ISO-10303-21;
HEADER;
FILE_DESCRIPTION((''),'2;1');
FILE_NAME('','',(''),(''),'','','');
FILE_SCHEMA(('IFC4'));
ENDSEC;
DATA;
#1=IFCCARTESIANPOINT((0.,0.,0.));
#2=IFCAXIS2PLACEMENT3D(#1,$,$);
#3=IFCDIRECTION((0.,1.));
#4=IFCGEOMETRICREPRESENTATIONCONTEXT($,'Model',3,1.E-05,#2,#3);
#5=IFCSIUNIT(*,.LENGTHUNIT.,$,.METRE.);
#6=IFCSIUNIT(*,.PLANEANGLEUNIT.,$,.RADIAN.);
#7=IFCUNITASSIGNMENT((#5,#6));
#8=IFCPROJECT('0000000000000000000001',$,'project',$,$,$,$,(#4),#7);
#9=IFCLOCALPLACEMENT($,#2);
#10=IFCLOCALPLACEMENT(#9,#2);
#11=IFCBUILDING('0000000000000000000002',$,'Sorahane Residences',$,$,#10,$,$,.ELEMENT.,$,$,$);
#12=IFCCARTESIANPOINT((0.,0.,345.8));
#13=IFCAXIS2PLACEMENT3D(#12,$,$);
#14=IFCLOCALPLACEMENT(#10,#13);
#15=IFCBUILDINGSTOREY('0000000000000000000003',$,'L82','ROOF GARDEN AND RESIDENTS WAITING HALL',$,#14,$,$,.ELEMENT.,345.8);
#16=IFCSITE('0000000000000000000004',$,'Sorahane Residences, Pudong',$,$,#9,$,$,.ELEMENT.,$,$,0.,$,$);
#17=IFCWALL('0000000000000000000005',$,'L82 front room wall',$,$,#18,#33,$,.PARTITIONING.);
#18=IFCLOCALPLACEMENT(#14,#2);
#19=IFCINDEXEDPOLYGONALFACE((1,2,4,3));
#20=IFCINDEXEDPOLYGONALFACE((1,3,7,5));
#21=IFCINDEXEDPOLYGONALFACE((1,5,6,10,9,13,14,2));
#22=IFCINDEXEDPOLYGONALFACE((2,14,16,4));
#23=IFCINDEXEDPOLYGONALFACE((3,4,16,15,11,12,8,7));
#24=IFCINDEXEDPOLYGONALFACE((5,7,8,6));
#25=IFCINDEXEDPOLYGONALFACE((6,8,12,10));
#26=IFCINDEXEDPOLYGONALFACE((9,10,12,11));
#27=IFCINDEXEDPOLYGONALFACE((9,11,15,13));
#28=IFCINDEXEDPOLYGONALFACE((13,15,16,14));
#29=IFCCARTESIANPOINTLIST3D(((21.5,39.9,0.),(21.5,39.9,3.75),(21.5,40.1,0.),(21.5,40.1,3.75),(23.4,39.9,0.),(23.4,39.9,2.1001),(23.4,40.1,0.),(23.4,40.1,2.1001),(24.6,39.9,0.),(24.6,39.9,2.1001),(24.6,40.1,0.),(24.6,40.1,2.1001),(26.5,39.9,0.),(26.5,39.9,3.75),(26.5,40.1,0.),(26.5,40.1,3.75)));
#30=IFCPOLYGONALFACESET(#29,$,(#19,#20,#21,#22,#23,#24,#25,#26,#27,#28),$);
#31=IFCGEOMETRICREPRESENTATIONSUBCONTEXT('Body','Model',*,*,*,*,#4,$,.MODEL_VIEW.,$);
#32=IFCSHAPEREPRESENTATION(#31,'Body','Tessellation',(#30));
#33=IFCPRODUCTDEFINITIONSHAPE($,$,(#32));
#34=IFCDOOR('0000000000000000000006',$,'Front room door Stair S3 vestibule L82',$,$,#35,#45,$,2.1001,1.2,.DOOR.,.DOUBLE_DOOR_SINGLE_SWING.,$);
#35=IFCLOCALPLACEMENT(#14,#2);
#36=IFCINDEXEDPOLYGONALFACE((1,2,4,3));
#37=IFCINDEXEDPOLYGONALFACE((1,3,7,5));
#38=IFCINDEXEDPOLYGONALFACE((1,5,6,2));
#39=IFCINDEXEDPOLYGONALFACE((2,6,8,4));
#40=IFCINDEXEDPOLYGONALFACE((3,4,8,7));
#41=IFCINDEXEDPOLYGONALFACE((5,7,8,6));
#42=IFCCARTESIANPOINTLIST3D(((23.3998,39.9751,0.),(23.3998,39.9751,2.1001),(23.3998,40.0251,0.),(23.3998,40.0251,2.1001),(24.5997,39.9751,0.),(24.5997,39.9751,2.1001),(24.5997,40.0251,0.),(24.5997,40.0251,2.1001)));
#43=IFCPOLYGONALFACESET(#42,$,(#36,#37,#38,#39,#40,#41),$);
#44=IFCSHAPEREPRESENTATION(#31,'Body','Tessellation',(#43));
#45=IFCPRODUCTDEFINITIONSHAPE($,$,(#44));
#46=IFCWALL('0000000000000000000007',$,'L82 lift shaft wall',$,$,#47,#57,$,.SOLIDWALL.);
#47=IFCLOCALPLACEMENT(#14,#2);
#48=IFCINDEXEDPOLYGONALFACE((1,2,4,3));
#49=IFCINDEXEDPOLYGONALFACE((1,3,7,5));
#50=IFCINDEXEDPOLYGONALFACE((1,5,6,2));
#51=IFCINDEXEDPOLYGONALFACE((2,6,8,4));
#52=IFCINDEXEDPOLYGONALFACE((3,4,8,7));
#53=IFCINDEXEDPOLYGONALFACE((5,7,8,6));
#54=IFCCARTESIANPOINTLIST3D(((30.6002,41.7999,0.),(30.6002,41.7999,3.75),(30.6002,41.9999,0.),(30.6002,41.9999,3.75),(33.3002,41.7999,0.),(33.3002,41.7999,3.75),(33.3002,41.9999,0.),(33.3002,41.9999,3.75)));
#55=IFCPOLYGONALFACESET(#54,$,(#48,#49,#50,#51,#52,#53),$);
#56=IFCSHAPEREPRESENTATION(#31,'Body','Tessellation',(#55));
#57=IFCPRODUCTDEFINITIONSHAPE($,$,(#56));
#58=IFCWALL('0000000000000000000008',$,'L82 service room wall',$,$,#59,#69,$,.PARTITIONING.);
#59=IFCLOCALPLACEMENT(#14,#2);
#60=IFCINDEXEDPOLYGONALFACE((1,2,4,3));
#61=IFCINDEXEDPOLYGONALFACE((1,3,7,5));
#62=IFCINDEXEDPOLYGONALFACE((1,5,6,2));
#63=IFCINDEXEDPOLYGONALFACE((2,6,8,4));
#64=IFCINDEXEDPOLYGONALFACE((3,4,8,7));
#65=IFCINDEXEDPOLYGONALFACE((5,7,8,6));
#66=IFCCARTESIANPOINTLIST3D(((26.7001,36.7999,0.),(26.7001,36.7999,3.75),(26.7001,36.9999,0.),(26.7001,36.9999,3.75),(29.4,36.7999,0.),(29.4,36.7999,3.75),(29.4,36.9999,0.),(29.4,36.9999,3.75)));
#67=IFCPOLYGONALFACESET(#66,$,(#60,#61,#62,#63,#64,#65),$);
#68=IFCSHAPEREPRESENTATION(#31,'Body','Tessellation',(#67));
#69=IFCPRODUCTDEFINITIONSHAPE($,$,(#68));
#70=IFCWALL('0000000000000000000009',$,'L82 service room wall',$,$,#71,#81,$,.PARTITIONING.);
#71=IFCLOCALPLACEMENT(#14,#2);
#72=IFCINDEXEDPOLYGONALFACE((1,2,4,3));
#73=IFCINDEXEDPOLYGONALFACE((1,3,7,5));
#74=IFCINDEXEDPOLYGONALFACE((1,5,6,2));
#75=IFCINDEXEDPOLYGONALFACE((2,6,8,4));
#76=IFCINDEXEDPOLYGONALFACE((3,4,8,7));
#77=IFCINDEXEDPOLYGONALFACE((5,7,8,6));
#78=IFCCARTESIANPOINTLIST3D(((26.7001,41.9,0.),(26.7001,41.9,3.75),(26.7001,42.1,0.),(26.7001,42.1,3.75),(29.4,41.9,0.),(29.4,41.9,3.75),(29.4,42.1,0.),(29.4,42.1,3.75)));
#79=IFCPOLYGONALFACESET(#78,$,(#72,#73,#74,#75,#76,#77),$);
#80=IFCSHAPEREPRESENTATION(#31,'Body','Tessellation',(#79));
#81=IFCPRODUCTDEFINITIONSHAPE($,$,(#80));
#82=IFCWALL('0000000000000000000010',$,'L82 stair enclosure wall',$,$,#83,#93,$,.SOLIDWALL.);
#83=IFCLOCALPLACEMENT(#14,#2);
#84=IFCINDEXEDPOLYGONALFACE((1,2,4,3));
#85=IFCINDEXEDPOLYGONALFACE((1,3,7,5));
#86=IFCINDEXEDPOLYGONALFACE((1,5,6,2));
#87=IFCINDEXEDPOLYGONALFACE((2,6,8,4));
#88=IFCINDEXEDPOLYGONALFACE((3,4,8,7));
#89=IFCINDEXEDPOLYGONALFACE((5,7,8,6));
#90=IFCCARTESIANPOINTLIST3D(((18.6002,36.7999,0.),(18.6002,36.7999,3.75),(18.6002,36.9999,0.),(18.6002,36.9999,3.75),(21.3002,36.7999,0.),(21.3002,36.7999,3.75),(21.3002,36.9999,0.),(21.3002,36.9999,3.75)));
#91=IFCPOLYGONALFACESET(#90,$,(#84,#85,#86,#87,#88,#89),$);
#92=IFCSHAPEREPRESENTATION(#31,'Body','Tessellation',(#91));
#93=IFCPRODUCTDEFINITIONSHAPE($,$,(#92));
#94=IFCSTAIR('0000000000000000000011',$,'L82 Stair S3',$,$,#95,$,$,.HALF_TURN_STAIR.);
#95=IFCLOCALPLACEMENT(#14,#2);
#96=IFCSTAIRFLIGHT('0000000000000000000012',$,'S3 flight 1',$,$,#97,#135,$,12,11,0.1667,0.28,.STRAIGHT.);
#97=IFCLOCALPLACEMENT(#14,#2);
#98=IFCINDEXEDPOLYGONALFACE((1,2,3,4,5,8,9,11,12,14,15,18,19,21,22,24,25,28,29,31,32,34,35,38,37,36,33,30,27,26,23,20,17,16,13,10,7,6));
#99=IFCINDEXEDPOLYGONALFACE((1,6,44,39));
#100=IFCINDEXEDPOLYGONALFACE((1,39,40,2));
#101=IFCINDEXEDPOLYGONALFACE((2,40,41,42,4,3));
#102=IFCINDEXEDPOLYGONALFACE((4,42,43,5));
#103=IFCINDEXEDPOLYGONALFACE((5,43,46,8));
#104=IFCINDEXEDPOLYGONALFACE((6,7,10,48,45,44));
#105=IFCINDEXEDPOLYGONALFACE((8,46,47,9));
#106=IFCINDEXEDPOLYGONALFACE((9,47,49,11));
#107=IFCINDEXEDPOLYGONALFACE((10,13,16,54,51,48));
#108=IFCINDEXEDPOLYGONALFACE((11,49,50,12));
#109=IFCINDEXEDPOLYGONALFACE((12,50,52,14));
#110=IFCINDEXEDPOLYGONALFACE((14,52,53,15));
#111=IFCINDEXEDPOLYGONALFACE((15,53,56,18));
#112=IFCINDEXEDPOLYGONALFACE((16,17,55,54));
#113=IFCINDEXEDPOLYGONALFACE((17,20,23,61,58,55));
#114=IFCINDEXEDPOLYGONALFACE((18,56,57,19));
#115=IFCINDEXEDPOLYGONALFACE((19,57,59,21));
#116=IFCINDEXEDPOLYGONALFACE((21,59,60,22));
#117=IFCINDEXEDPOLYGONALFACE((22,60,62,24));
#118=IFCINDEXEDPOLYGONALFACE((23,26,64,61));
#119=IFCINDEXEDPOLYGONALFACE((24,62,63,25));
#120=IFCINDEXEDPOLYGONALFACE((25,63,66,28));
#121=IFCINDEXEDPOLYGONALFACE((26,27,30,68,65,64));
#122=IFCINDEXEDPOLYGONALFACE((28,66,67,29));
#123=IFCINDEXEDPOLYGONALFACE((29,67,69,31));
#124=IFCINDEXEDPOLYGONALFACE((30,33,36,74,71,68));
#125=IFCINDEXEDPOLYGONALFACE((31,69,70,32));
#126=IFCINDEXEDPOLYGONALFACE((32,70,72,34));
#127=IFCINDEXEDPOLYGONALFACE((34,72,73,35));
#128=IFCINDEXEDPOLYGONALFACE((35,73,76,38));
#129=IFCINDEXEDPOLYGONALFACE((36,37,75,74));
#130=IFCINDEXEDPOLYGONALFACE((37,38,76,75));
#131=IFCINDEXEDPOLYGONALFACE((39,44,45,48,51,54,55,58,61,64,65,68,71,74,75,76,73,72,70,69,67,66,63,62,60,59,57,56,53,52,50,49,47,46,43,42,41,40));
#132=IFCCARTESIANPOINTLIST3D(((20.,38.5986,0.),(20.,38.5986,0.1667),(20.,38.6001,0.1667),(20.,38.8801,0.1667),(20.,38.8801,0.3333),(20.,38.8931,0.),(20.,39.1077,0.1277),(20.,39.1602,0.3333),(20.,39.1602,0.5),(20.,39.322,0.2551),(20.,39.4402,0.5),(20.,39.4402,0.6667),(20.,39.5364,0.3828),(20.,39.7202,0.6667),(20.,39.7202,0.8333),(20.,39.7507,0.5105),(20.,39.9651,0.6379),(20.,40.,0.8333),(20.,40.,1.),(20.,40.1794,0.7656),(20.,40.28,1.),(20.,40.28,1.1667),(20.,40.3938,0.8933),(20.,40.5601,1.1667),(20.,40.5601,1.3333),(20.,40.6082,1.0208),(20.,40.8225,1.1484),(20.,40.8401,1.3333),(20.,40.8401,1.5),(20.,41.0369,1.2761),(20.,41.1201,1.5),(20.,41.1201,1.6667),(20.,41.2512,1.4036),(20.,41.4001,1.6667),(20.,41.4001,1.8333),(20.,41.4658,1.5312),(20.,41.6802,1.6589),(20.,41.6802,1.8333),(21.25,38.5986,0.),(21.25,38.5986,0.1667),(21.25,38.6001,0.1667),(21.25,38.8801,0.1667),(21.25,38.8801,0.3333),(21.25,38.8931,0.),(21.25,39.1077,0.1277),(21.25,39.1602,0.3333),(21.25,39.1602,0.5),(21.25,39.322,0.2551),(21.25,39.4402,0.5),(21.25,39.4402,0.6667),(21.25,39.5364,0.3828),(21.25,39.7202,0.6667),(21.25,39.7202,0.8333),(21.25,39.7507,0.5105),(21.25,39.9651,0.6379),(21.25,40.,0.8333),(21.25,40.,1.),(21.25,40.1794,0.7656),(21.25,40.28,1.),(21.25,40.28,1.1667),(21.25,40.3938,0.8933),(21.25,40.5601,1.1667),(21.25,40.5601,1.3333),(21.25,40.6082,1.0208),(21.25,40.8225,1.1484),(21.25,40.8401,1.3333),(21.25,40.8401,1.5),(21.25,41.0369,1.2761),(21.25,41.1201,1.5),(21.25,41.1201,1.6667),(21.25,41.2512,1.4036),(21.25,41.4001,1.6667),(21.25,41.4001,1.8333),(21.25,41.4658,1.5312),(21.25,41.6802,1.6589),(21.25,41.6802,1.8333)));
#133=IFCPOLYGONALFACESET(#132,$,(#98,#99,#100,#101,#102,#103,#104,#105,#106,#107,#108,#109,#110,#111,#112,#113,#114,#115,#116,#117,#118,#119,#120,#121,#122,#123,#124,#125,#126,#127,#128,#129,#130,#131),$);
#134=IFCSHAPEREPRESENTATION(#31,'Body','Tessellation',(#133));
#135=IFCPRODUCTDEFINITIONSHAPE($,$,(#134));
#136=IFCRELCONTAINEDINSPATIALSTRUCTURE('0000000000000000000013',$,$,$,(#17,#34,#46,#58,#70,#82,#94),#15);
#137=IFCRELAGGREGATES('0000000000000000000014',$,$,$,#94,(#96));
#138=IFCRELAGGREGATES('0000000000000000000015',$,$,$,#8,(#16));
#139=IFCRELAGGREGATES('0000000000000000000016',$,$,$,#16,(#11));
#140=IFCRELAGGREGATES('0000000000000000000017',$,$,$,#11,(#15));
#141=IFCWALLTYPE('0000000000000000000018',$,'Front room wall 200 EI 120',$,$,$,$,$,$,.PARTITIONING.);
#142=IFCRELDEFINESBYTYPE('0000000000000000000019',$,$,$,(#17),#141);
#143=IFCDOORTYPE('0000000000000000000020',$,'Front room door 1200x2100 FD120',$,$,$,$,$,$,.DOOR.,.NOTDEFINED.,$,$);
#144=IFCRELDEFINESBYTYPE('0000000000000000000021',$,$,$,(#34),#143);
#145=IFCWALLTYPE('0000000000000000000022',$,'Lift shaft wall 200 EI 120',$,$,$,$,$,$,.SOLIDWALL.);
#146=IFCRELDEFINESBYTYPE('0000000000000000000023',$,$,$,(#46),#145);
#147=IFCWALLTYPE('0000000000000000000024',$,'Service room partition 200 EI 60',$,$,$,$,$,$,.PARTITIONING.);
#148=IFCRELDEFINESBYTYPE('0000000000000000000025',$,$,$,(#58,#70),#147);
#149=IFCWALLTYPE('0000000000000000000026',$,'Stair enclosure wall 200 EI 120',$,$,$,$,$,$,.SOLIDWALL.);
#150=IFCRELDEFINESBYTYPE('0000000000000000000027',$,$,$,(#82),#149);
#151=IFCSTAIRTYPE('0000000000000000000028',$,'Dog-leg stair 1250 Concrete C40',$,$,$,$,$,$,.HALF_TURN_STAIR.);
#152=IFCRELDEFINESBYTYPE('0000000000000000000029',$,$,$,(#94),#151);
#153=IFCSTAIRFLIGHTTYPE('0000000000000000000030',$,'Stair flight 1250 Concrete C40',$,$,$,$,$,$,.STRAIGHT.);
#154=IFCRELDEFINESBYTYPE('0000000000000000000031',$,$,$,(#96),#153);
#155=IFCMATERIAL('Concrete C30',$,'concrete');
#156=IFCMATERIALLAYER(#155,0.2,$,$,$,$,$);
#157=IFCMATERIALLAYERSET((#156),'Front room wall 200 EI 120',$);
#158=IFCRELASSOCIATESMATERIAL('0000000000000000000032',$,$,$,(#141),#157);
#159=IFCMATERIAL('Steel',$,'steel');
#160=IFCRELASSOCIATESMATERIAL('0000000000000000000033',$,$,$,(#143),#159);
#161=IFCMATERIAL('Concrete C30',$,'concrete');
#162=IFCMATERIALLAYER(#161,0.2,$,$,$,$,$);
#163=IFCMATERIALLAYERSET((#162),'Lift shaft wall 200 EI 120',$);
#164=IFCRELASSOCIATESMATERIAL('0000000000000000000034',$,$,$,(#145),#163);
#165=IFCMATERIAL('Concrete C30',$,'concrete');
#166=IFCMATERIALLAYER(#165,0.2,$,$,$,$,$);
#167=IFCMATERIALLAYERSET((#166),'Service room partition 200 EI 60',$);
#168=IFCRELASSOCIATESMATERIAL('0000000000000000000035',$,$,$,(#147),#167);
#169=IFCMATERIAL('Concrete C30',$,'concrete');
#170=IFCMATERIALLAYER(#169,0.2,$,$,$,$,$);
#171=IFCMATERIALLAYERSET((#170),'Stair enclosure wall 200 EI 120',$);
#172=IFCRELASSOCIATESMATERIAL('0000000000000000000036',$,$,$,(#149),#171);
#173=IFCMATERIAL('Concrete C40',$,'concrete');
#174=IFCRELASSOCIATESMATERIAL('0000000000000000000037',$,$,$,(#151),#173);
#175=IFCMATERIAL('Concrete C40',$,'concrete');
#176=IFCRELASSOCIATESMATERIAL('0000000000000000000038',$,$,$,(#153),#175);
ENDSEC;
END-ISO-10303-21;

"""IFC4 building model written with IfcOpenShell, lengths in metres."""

from ifc_helpers import new_model, si_unit, direction, frame, frame_2d, origin, place, context, subcontext, project, spatial, polyline, rectangle, outline, extrude, material, layer, layer_set, type_object, element, fill, aggregate, save


model = new_model("IFC4")

# Units and contexts
model_context = context("Model", 3, precision=1e-05, world=origin(), true_north=direction((0.0, 1.0)))
body_context = subcontext(model_context, "Body", "Model", "MODEL_VIEW")
ifc_project = project(units=[si_unit("LENGTHUNIT", "METRE"), si_unit("PLANEANGLEUNIT", "RADIAN")], contexts=[model_context])

# Site, building, storey
site_placement = place(None, origin())
site = spatial("IfcSite", under=ifc_project, at=site_placement, Name="Sorahane Residences, Pudong", CompositionType="ELEMENT", RefElevation=0.0)
building_placement = place(site_placement, origin())
building = spatial("IfcBuilding", under=site, at=building_placement, Name="Sorahane Residences", CompositionType="ELEMENT")
storey_placement = place(building_placement, frame((0.0, 0.0, 345.8)))
storey = spatial("IfcBuildingStorey", under=building, at=storey_placement, Name="L82", Description="ROOF GARDEN AND RESIDENTS WAITING HALL", CompositionType="ELEMENT", Elevation=345.8)

# Wall, opening, door
ifc_material_1 = material(Name="Concrete C30", Category="concrete")
ifc_layer_1 = layer(ifc_material_1, 0.2)
ifc_layer_set_1 = layer_set([ifc_layer_1], Name="Front room wall 200 EI 120")
wall_type_1 = type_object("IfcWallType", Name="Front room wall 200 EI 120", PredefinedType="PARTITIONING", material=ifc_layer_set_1)
wall_1_placement = place(storey_placement, frame((21.5, 40.0, 0.0), z_axis=(0.0, 0.0, 1.0), x_axis=(1.0, 0.0, 0.0)))
wall_1 = element("IfcWall", 1, at=wall_1_placement, inside=storey, type_object=wall_type_1, Name="L82 front room wall", PredefinedType="PARTITIONING", context=body_context, shape_type="SweptSolid", body=[
    extrude(rectangle(XDim=5.0, YDim=0.2, at=frame_2d((2.5, 0.0))), origin(), (0.0, 0.0, 1.0), 3.75),
])
opening_placement = place(wall_1_placement, frame((1.8999, 0.0, 0.0)))
opening = element("IfcOpeningElement", 2, at=opening_placement, cuts=wall_1, PredefinedType="OPENING", context=body_context, shape_type="SweptSolid", body=[
    extrude(rectangle(XDim=1.2, YDim=2.1001, at=frame_2d((0.6001, 1.05))), frame((0.0, 0.1099, 0.0), z_axis=(0.0, -1.0, 0.0), x_axis=(1.0, 0.0, 0.0)), (0.0, 0.0, 1.0), 0.22),
])
ifc_material_2 = material(Name="Steel", Category="steel")
door_type = type_object("IfcDoorType", Name="Front room door 1200x2100 FD120", OperationType="NOTDEFINED", PredefinedType="DOOR", material=ifc_material_2)
door_placement = place(opening_placement, frame((1.2, 0.0, 0.0), z_axis=(0.0, 0.0, 1.0), x_axis=(-1.0, 0.0, 0.0)))
door = element("IfcDoor", 3, at=door_placement, inside=storey, type_object=door_type, Name="Front room door Stair S3 vestibule L82", OperationType="DOUBLE_DOOR_SINGLE_SWING", OverallHeight=2.1001, OverallWidth=1.2, PredefinedType="DOOR", context=body_context, shape_type="SweptSolid", body=[
    extrude(rectangle(XDim=1.2, YDim=2.1001, at=frame_2d((0.6001, 1.05))), frame((0.0, 0.0249, 0.0), z_axis=(0.0, -1.0, 0.0), x_axis=(1.0, 0.0, 0.0)), (0.0, 0.0, 1.0), 0.05),
])
fill(opening, door)

# Walls
ifc_material_3 = material(Name="Concrete C30", Category="concrete")
ifc_layer_2 = layer(ifc_material_3, 0.2)
ifc_layer_set_2 = layer_set([ifc_layer_2], Name="Lift shaft wall 200 EI 120")
wall_type_2 = type_object("IfcWallType", Name="Lift shaft wall 200 EI 120", PredefinedType="SOLIDWALL", material=ifc_layer_set_2)
wall_2_placement = place(storey_placement, frame((30.6001, 41.8999, 0.0), z_axis=(0.0, 0.0, 1.0), x_axis=(1.0, 0.0, 0.0)))
element("IfcWall", 4, at=wall_2_placement, inside=storey, type_object=wall_type_2, Name="L82 lift shaft wall", PredefinedType="SOLIDWALL", context=body_context, shape_type="SweptSolid", body=[
    extrude(rectangle(XDim=2.7, YDim=0.2, at=frame_2d((1.3501, 0.0))), origin(), (0.0, 0.0, 1.0), 3.75),
])
ifc_material_4 = material(Name="Concrete C30", Category="concrete")
ifc_layer_3 = layer(ifc_material_4, 0.2)
ifc_layer_set_3 = layer_set([ifc_layer_3], Name="Service room partition 200 EI 60")
wall_type_3 = type_object("IfcWallType", Name="Service room partition 200 EI 60", PredefinedType="PARTITIONING", material=ifc_layer_set_3)
for number, where, z_axis, x_axis, name in (
    (5, (26.7, 36.8999, 0.0), (0.0, 0.0, 1.0), (1.0, 0.0, 0.0), "L82 service room wall"),
    (6, (26.7, 42.0, 0.0), (0.0, 0.0, 1.0), (1.0, 0.0, 0.0), "L82 service room wall"),
):
    element("IfcWall", number, at=place(storey_placement, frame(where, z_axis=z_axis, x_axis=x_axis)), inside=storey, type_object=wall_type_3, Name=name, PredefinedType="PARTITIONING", context=body_context, shape_type="SweptSolid", body=[
        extrude(rectangle(XDim=2.7, YDim=0.2, at=frame_2d((1.3501, 0.0))), origin(), (0.0, 0.0, 1.0), 3.75),
    ])
ifc_material_5 = material(Name="Concrete C30", Category="concrete")
ifc_layer_4 = layer(ifc_material_5, 0.2)
ifc_layer_set_4 = layer_set([ifc_layer_4], Name="Stair enclosure wall 200 EI 120")
wall_type_4 = type_object("IfcWallType", Name="Stair enclosure wall 200 EI 120", PredefinedType="SOLIDWALL", material=ifc_layer_set_4)
wall_3_placement = place(storey_placement, frame((18.6001, 36.8999, 0.0), z_axis=(0.0, 0.0, 1.0), x_axis=(1.0, 0.0, 0.0)))
element("IfcWall", 7, at=wall_3_placement, inside=storey, type_object=wall_type_4, Name="L82 stair enclosure wall", PredefinedType="SOLIDWALL", context=body_context, shape_type="SweptSolid", body=[
    extrude(rectangle(XDim=2.7, YDim=0.2, at=frame_2d((1.3501, 0.0))), origin(), (0.0, 0.0, 1.0), 3.75),
])

# Stair, stair flight
ifc_material_6 = material(Name="Concrete C40", Category="concrete")
stair_type = type_object("IfcStairType", Name="Dog-leg stair 1250 Concrete C40", PredefinedType="HALF_TURN_STAIR", material=ifc_material_6)
stair_placement = place(storey_placement, origin())
stair = element("IfcStair", 8, at=stair_placement, inside=storey, type_object=stair_type, Name="L82 Stair S3", PredefinedType="HALF_TURN_STAIR")
ifc_material_7 = material(Name="Concrete C40", Category="concrete")
stair_flight_type = type_object("IfcStairFlightType", Name="Stair flight 1250 Concrete C40", PredefinedType="STRAIGHT", material=ifc_material_7)
stair_flight_1_placement = place(storey_placement, frame((20.625, 38.6001, 0.0), z_axis=(0.0, 0.0, 1.0), x_axis=(0.0, 1.0, 0.0)))
stair_flight_1 = element("IfcStairFlight", 9, at=stair_flight_1_placement, type_object=stair_flight_type, Name="S3 flight 1", NumberOfRisers=12, NumberOfTreads=11, PredefinedType="STRAIGHT", RiserHeight=0.1667, TreadLength=0.28, context=body_context, shape_type="SweptSolid", body=[
    extrude(outline(polyline([(-0.0015, 0.0), (-0.0015, 0.1667), (0.0, 0.1667), (0.28, 0.1667), (0.28, 0.3333), (0.5601, 0.3333), (0.5601, 0.5), (0.8401, 0.5), (0.8401, 0.6667), (1.1201, 0.6667), (1.1201, 0.8333), (1.3999, 0.8333), (1.3999, 1.0), (1.6799, 1.0), (1.6799, 1.1667), (1.96, 1.1667), (1.96, 1.3333), (2.24, 1.3333), (2.24, 1.5), (2.52, 1.5), (2.52, 1.6667), (2.8, 1.6667), (2.8, 1.8333), (3.0801, 1.8333), (3.0801, 2.0), (3.0801, 1.6589), (2.8657, 1.5312), (2.6511, 1.4036), (2.4368, 1.2761), (2.2224, 1.1484), (2.0081, 1.0208), (1.7937, 0.8933), (1.5793, 0.7656), (1.365, 0.6379), (1.1506, 0.5105), (0.9363, 0.3828), (0.7219, 0.2551), (0.5076, 0.1277), (0.293, 0.0), (-0.0015, 0.0)])), frame((0.0, 0.625, 0.0), z_axis=(0.0, -1.0, 0.0), x_axis=(1.0, 0.0, 0.0)), (0.0, 0.0, 1.0), 1.25),
])
aggregate(stair, [stair_flight_1])

save(model, "model.ifc")
